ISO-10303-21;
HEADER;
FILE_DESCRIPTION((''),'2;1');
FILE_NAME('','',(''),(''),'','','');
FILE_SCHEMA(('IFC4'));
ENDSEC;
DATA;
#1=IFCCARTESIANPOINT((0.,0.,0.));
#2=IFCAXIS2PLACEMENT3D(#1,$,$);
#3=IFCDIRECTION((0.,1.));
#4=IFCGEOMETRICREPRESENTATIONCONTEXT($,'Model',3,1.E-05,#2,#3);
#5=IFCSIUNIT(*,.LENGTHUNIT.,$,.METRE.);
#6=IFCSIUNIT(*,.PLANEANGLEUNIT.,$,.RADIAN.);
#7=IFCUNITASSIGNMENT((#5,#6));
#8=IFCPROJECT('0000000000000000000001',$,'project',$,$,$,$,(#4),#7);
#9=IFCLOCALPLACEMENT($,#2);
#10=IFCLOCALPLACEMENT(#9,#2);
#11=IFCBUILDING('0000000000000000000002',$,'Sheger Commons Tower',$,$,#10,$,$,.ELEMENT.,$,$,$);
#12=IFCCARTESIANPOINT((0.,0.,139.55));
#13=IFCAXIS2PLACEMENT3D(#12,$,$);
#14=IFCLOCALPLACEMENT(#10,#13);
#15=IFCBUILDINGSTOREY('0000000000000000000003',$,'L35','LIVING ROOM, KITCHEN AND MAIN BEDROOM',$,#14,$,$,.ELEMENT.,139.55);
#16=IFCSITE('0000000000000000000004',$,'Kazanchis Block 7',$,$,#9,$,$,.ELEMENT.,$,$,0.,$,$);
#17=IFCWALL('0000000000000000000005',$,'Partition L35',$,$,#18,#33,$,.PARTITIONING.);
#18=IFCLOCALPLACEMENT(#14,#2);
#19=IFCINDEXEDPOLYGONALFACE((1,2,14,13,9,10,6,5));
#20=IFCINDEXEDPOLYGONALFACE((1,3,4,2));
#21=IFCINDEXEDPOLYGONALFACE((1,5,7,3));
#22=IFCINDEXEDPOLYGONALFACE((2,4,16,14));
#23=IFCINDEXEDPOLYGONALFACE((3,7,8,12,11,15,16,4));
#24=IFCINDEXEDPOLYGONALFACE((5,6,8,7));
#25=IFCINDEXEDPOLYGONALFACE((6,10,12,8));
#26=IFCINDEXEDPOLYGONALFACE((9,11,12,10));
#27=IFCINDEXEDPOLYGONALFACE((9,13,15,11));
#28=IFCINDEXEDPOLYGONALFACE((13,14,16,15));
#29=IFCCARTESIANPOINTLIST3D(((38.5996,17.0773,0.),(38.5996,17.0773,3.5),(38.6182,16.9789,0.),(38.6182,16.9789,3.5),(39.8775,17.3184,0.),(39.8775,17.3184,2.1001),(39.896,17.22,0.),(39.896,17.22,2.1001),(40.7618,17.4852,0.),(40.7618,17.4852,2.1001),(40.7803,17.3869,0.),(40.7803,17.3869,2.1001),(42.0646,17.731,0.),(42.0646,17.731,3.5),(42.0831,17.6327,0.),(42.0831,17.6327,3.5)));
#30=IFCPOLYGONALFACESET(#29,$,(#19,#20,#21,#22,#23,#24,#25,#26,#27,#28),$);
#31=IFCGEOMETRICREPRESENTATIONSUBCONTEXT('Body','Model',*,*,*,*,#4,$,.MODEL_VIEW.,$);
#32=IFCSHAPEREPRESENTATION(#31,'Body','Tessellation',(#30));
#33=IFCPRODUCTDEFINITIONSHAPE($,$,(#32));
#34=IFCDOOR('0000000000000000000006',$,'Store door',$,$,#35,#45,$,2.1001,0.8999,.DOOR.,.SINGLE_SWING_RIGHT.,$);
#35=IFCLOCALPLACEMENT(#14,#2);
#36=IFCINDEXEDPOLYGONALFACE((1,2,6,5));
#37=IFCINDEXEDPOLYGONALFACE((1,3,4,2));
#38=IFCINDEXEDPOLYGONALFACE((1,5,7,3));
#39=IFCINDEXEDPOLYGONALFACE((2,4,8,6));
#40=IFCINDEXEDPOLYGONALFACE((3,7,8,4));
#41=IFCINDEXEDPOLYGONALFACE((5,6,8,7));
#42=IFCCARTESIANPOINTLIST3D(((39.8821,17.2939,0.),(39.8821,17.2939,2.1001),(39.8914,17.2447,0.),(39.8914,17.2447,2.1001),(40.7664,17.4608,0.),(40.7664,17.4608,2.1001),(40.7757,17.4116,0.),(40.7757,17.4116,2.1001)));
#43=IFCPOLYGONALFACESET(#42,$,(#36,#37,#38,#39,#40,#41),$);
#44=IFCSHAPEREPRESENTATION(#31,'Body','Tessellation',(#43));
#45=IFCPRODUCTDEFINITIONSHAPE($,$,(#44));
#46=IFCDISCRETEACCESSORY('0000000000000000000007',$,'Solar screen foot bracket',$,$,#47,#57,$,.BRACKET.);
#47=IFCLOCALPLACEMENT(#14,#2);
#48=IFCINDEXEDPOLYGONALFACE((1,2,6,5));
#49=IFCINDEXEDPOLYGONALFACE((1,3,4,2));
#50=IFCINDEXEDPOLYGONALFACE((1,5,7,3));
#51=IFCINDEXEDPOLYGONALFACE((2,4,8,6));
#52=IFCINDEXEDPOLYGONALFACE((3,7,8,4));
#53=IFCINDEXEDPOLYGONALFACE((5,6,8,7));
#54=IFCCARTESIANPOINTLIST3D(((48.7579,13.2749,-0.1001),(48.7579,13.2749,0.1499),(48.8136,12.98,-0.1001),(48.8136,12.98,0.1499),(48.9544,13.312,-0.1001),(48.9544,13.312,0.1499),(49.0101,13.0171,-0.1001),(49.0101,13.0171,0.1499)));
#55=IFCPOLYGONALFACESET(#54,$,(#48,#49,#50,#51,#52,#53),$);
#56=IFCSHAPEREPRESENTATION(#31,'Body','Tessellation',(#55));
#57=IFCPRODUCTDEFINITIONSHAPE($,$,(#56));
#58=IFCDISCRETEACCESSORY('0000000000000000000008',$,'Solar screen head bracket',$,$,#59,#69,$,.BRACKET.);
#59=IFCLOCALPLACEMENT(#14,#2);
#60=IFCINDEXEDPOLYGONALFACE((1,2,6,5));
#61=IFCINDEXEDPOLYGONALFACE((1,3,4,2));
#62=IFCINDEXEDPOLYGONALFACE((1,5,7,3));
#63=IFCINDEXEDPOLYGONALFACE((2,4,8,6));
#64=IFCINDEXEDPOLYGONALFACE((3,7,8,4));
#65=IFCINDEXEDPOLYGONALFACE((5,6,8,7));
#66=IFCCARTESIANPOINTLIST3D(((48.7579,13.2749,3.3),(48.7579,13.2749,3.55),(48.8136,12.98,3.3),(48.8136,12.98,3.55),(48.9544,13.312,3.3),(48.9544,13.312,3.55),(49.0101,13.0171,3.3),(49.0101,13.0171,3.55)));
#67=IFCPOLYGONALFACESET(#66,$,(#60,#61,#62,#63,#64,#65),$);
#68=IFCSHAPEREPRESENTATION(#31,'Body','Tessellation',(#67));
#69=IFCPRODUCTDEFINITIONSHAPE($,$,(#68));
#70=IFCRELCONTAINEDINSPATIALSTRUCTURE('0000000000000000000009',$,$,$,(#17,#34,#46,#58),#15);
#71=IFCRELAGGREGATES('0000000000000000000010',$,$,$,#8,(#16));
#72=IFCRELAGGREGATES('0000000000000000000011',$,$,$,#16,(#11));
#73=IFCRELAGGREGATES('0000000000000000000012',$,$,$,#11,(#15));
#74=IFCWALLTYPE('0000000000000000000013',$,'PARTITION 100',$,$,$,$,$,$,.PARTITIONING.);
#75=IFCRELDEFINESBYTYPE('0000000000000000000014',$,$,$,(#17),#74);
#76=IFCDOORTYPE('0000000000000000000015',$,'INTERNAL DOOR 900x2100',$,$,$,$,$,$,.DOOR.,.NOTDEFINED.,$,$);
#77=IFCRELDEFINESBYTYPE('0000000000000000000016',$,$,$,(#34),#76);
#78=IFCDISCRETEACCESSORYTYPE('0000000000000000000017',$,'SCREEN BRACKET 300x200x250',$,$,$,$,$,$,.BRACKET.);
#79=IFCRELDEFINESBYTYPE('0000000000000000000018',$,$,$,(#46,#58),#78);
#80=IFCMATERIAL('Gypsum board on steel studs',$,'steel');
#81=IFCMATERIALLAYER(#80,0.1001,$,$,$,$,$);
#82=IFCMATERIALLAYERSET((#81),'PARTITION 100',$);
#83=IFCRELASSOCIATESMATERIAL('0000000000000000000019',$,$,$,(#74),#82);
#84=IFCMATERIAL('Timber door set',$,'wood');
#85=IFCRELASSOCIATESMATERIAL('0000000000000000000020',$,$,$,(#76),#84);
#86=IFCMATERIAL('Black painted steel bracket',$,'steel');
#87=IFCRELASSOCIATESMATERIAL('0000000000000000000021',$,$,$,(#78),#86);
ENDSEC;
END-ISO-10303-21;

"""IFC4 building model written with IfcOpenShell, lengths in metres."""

from ifc_helpers import new_model, si_unit, direction, frame, frame_2d, origin, origin_2d, place, context, subcontext, project, spatial, rectangle, extrude, material, layer, layer_set, type_object, element, fill, save


model = new_model("IFC4")

# Units and contexts
model_context = context("Model", 3, precision=1e-05, world=origin(), true_north=direction((0.0, 1.0)))
body_context = subcontext(model_context, "Body", "Model", "MODEL_VIEW")
ifc_project = project(units=[si_unit("LENGTHUNIT", "METRE"), si_unit("PLANEANGLEUNIT", "RADIAN")], contexts=[model_context])

# Site, building, storey
site_placement = place(None, origin())
site = spatial("IfcSite", under=ifc_project, at=site_placement, Name="Kazanchis Block 7", CompositionType="ELEMENT", RefElevation=0.0)
building_placement = place(site_placement, origin())
building = spatial("IfcBuilding", under=site, at=building_placement, Name="Sheger Commons Tower", CompositionType="ELEMENT")
storey_placement = place(building_placement, frame((0.0, 0.0, 139.55)))
storey = spatial("IfcBuildingStorey", under=building, at=storey_placement, Name="L35", Description="LIVING ROOM, KITCHEN AND MAIN BEDROOM", CompositionType="ELEMENT", Elevation=139.55)

# Shared definitions
ifc_material_1 = material(Name="Gypsum board on steel studs", Category="steel")
ifc_layer_1 = layer(ifc_material_1, 0.1001)
ifc_layer_set_1 = layer_set([ifc_layer_1], Name="PARTITION 100")
wall_type_1 = type_object("IfcWallType", Name="PARTITION 100", PredefinedType="PARTITIONING", material=ifc_layer_set_1)

# Shared definitions
ifc_material_2 = material(Name="Timber door set", Category="wood")
door_type = type_object("IfcDoorType", Name="INTERNAL DOOR 900x2100", OperationType="NOTDEFINED", PredefinedType="DOOR", material=ifc_material_2)

# Wall, opening, door
wall_1_placement = place(storey_placement, frame((42.074, 17.6819, 0.0), z_axis=(0.0, 0.0, 1.0), x_axis=(-0.982661, -0.185413, 0.0)))
wall_1 = element("IfcWall", 1, at=wall_1_placement, inside=storey, type_object=wall_type_1, Name="Partition L35", PredefinedType="PARTITIONING", context=body_context, shape_type="SweptSolid", body=[
    extrude(rectangle(XDim=3.5261, YDim=0.1001, at=frame_2d((1.7632, 0.0))), origin(), (0.0, 0.0, 1.0), 3.5),
])
opening_1_placement = place(wall_1_placement, frame((1.3259, 0.0, 0.0)))
opening_1 = element("IfcOpeningElement", 2, at=opening_1_placement, cuts=wall_1, PredefinedType="OPENING", context=body_context, shape_type="SweptSolid", body=[
    extrude(rectangle(XDim=0.8999, YDim=2.1001, at=frame_2d((0.45, 1.05))), frame((0.0, 0.0601, 0.0), z_axis=(0.0, -1.0, 0.0), x_axis=(1.0, 0.0, 0.0)), (0.0, 0.0, 1.0), 0.1201),
])
door_1_placement = place(opening_1_placement, origin())
door_1 = element("IfcDoor", 3, at=door_1_placement, inside=storey, type_object=door_type, Name="Store door", OperationType="SINGLE_SWING_RIGHT", OverallHeight=2.1001, OverallWidth=0.8999, PredefinedType="DOOR", context=body_context, shape_type="SweptSolid", body=[
    extrude(rectangle(XDim=0.8999, YDim=2.1001, at=frame_2d((0.45, 1.05))), frame((0.0, 0.0249, 0.0), z_axis=(0.0, -1.0, 0.0), x_axis=(1.0, 0.0, 0.0)), (0.0, 0.0, 1.0), 0.05),
])
fill(opening_1, door_1)

# Discrete accessories
ifc_material_3 = material(Name="Black painted steel bracket", Category="steel")
discrete_accessory_type = type_object("IfcDiscreteAccessoryType", Name="SCREEN BRACKET 300x200x250", PredefinedType="BRACKET", material=ifc_material_3)
for number, where, z_axis, x_axis, name in (
    (4, (48.884, 13.146, -0.1001), (0.0, 0.0, 1.0), (-0.185615, 0.982623, 0.0), "Solar screen foot bracket"),
    (5, (48.884, 13.146, 3.3), (0.0, 0.0, 1.0), (-0.185615, 0.982623, 0.0), "Solar screen head bracket"),
):
    element("IfcDiscreteAccessory", number, at=place(storey_placement, frame(where, z_axis=z_axis, x_axis=x_axis)), inside=storey, type_object=discrete_accessory_type, Name=name, PredefinedType="BRACKET", context=body_context, shape_type="SweptSolid", body=[
        extrude(rectangle(XDim=0.3, YDim=0.2, at=origin_2d()), origin(), (0.0, 0.0, 1.0), 0.25),
    ])

save(model, "model.ifc")
